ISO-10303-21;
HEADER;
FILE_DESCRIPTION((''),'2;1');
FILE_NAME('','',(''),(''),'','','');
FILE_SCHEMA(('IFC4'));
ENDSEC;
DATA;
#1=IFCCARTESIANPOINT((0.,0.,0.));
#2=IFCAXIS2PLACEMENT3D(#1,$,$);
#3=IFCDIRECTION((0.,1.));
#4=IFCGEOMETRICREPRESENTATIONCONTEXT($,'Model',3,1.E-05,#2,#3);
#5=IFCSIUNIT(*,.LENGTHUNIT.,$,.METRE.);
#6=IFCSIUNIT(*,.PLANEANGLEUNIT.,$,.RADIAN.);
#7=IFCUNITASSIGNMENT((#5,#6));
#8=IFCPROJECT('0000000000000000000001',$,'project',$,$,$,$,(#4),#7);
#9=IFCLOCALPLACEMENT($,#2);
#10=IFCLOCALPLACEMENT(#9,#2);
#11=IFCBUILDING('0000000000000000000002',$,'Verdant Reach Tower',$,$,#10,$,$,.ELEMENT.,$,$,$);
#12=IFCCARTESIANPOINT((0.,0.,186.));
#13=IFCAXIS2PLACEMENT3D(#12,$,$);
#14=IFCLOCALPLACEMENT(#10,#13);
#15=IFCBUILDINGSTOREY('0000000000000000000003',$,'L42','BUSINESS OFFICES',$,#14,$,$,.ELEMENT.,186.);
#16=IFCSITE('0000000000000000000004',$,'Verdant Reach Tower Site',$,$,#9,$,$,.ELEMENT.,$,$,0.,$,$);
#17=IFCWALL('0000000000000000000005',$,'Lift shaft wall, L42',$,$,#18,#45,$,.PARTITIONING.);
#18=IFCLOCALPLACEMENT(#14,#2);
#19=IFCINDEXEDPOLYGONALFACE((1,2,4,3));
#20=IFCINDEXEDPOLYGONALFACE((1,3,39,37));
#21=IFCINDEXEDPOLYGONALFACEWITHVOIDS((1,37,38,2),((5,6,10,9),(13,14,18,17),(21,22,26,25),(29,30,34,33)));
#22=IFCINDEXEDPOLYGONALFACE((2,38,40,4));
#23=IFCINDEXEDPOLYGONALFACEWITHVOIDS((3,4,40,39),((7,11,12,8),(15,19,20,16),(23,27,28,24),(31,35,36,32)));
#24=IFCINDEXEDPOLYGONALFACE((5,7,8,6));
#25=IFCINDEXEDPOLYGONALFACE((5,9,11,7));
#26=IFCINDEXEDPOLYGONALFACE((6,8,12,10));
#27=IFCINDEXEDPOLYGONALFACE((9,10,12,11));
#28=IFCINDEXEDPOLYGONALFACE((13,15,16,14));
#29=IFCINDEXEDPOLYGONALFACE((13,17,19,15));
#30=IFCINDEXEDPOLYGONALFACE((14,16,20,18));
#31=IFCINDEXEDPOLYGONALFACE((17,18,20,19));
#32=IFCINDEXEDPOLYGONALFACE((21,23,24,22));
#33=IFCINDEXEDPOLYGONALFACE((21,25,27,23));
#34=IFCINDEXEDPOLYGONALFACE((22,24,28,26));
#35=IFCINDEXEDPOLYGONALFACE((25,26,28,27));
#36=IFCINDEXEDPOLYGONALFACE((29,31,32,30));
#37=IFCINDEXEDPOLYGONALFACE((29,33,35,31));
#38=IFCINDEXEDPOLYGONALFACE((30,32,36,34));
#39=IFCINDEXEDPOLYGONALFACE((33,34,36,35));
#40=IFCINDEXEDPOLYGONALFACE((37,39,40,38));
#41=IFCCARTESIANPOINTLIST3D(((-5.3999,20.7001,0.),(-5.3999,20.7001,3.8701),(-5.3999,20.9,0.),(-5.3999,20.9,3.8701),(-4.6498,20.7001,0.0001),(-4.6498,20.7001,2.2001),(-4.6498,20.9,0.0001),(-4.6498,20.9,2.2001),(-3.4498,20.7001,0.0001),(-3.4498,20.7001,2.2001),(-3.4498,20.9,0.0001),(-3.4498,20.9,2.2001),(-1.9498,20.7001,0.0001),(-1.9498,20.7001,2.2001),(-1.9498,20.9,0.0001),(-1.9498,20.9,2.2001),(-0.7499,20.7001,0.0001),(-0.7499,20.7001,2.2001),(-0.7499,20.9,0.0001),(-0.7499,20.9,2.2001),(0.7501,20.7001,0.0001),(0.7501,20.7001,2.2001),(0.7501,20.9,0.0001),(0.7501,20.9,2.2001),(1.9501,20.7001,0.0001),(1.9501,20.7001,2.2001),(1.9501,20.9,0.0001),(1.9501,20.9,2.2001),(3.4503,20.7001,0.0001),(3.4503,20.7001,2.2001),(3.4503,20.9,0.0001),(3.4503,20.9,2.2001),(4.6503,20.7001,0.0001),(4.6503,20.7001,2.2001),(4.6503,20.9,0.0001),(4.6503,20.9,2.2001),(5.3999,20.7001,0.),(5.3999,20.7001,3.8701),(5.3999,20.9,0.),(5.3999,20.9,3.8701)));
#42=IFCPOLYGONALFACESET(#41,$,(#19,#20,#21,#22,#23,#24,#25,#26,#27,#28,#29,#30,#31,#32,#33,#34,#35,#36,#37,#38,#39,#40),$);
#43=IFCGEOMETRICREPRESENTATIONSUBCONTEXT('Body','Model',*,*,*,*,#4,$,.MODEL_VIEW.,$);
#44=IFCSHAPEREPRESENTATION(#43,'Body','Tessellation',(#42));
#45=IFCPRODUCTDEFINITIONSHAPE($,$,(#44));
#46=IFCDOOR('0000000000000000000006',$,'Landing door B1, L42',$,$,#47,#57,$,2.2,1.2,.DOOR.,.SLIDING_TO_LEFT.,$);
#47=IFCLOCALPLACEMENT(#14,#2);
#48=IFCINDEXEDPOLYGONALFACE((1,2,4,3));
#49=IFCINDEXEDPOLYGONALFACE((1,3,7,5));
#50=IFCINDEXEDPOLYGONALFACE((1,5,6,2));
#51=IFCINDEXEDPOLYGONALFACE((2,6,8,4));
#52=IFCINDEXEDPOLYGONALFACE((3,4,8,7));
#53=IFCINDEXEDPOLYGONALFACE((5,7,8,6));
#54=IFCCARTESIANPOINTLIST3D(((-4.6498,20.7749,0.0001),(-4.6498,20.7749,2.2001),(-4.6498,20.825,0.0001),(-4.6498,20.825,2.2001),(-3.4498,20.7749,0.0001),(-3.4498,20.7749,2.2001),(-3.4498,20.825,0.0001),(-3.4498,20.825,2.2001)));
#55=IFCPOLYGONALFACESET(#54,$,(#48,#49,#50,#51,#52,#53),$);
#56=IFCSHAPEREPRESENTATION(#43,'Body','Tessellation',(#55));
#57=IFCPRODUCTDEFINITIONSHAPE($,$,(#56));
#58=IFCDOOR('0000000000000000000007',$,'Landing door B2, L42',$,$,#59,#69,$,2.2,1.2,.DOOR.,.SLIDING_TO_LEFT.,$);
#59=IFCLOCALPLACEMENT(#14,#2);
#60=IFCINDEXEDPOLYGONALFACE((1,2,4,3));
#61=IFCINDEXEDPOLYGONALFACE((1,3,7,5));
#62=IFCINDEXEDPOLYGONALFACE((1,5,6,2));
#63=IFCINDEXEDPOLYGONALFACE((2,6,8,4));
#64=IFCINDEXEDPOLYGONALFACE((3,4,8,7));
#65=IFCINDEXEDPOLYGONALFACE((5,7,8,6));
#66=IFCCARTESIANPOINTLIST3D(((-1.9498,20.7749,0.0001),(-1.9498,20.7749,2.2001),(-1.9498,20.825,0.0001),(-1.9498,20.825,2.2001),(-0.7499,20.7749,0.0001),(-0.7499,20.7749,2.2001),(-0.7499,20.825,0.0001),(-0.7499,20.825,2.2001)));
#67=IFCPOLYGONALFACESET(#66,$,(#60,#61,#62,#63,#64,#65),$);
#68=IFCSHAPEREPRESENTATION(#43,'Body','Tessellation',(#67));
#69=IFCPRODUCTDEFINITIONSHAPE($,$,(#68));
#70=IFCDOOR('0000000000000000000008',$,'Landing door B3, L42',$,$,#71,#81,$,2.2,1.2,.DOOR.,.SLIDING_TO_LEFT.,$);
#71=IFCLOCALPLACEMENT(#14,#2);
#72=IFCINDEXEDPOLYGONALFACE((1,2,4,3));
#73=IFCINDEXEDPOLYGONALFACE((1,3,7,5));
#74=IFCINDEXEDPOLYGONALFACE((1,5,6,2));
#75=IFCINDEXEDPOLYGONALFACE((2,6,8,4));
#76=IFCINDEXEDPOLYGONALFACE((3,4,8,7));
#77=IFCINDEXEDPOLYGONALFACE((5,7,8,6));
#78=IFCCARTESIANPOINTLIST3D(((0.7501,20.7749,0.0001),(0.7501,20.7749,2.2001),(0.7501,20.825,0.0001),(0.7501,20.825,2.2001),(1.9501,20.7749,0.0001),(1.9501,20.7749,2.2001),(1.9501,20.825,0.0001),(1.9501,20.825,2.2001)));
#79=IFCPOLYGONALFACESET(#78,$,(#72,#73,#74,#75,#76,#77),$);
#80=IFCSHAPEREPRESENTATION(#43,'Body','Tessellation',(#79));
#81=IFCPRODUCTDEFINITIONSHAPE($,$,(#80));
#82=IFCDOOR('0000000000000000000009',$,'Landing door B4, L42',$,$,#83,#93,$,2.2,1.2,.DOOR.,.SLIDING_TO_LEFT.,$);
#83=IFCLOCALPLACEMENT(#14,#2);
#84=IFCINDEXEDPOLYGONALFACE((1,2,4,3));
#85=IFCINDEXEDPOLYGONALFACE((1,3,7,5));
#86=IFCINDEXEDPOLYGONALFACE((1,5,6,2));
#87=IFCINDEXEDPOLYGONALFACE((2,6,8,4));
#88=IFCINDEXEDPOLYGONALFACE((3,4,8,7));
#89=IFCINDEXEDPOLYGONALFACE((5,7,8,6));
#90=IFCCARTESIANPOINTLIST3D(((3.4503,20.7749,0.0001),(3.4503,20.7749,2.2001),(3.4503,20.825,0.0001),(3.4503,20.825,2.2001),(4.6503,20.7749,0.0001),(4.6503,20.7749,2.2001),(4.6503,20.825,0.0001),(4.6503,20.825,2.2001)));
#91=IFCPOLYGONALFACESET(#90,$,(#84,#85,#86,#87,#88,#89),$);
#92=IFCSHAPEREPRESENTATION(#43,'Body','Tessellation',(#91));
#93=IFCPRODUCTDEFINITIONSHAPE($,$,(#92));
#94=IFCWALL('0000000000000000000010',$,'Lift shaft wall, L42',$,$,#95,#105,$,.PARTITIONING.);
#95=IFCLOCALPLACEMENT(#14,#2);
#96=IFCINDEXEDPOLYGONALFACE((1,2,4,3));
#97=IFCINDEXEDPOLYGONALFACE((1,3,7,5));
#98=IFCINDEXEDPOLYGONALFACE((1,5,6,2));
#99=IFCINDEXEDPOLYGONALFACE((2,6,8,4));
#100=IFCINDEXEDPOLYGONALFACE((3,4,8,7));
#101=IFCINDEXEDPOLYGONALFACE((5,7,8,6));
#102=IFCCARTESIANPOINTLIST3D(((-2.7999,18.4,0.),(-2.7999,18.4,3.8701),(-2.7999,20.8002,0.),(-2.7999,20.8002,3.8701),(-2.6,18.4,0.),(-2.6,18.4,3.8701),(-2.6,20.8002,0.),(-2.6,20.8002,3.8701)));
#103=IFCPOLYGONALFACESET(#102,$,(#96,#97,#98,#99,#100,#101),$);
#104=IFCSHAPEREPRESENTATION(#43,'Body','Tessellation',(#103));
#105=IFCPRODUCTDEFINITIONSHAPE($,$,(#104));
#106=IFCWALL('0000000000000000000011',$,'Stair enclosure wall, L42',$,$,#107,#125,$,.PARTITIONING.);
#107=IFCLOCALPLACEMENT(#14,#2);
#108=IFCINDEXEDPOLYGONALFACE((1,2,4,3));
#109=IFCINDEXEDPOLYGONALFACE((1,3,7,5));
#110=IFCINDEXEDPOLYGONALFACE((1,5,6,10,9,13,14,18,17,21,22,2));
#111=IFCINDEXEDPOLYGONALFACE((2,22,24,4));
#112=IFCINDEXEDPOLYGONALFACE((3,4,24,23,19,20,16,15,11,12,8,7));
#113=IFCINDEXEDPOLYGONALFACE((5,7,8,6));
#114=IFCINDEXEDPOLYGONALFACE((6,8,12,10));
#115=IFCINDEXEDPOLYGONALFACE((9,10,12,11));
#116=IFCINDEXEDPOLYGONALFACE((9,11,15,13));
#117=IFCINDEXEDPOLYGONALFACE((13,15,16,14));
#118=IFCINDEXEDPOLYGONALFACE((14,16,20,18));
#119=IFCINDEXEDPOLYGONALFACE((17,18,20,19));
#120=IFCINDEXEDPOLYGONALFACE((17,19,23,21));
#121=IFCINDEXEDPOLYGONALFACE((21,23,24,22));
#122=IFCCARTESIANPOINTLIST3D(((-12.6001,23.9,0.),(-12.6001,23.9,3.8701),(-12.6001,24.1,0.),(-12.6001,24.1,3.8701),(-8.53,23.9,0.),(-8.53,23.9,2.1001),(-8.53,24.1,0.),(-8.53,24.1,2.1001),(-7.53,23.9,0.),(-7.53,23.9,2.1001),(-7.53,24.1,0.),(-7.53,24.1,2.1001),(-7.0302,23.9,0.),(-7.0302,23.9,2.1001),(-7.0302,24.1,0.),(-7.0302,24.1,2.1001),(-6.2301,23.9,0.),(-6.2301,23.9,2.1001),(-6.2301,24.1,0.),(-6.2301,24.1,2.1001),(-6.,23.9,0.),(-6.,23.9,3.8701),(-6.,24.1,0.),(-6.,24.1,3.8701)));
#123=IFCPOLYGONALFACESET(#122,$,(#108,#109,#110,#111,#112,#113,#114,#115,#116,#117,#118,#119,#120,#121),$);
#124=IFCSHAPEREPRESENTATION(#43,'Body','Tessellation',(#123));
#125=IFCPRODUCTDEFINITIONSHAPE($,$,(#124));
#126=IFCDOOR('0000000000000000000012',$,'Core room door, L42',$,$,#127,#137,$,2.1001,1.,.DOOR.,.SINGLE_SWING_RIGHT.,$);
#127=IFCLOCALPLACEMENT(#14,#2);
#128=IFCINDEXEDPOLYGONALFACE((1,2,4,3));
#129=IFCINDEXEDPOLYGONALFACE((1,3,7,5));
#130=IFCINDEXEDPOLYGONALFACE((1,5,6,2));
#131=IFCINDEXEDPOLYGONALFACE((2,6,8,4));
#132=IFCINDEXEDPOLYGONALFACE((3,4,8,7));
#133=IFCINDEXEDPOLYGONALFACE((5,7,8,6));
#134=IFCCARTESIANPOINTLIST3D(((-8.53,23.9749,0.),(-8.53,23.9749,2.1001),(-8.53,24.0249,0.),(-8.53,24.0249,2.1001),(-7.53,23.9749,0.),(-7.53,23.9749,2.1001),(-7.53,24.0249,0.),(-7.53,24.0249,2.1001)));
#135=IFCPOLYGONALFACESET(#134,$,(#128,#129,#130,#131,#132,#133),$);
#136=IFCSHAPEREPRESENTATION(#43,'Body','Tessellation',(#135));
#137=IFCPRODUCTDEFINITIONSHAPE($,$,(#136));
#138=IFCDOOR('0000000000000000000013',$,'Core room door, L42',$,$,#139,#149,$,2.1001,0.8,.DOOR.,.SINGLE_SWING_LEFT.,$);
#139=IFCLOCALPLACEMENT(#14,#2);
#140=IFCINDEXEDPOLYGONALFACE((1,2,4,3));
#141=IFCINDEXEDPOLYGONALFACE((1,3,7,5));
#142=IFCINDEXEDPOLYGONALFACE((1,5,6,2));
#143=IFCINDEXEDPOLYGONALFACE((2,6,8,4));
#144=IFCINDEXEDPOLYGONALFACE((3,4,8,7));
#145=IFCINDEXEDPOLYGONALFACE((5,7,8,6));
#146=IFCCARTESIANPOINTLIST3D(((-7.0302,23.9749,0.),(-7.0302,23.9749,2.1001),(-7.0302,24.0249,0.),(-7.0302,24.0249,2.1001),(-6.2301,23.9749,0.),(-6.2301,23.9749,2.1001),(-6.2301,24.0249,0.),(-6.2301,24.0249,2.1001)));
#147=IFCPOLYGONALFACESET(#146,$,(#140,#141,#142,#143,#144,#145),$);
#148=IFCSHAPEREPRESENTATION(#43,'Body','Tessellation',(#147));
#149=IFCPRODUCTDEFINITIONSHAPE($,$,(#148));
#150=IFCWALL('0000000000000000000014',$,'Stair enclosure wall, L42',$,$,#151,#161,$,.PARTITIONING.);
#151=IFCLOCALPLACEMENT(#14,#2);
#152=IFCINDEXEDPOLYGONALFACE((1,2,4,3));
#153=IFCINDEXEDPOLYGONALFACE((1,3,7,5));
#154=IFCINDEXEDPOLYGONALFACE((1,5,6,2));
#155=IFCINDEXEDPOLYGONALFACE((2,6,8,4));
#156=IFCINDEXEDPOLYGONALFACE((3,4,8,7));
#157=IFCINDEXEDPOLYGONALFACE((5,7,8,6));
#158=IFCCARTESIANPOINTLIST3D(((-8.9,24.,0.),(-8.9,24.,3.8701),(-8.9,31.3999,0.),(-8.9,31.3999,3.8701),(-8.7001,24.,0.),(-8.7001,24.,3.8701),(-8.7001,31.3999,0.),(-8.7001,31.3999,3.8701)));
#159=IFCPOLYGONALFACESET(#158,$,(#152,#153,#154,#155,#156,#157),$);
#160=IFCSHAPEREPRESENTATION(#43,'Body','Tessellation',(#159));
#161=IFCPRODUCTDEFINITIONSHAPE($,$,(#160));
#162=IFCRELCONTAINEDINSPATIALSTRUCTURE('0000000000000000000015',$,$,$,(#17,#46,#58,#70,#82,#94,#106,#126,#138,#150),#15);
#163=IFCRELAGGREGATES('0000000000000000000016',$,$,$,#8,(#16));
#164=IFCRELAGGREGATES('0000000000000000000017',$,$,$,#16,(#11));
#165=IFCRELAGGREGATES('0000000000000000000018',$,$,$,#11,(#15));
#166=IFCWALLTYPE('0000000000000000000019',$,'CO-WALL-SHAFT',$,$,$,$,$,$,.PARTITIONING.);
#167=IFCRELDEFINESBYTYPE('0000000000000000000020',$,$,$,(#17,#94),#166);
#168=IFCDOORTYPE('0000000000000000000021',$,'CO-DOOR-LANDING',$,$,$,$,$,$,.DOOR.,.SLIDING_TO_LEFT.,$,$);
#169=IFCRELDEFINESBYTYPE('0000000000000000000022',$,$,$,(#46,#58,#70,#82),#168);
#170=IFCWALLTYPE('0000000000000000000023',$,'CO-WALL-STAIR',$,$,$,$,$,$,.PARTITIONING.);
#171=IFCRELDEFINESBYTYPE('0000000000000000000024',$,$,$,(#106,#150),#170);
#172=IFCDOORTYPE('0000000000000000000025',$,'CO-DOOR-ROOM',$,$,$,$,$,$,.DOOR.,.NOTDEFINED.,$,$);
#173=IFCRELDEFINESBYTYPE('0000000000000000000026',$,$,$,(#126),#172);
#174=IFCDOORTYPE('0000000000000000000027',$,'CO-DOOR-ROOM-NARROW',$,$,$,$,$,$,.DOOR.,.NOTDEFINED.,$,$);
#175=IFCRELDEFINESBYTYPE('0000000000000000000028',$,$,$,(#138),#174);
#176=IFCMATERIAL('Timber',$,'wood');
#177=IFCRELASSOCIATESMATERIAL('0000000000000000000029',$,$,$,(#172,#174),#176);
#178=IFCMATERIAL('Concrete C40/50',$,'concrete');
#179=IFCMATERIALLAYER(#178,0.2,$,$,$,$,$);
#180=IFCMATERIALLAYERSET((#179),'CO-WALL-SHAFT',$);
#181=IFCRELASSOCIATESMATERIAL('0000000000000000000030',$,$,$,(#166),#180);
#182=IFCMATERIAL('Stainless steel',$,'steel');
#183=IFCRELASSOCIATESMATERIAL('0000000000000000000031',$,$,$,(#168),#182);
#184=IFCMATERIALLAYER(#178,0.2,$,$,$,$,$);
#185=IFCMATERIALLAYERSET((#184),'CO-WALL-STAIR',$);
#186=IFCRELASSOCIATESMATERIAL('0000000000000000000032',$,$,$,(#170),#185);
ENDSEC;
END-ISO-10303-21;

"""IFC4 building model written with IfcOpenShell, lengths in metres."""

from ifc_helpers import new_model, si_unit, direction, frame, frame_2d, origin, place, context, subcontext, project, spatial, rectangle, extrude, material, layer, layer_set, type_object, element, fill, save


model = new_model("IFC4")

# Units and contexts
model_context = context("Model", 3, precision=1e-05, world=origin(), true_north=direction((0.0, 1.0)))
body_context = subcontext(model_context, "Body", "Model", "MODEL_VIEW")
ifc_project = project(units=[si_unit("LENGTHUNIT", "METRE"), si_unit("PLANEANGLEUNIT", "RADIAN")], contexts=[model_context])

# Site, building, storey
site_placement = place(None, origin())
site = spatial("IfcSite", under=ifc_project, at=site_placement, Name="Verdant Reach Tower Site", CompositionType="ELEMENT", RefElevation=0.0)
building_placement = place(site_placement, origin())
building = spatial("IfcBuilding", under=site, at=building_placement, Name="Verdant Reach Tower", CompositionType="ELEMENT")
storey_placement = place(building_placement, frame((0.0, 0.0, 186.0)))
storey = spatial("IfcBuildingStorey", under=building, at=storey_placement, Name="L42", Description="BUSINESS OFFICES", CompositionType="ELEMENT", Elevation=186.0)

# Shared definitions
ifc_material_1 = material(Name="Timber", Category="wood")
door_type_1 = type_object("IfcDoorType", Name="CO-DOOR-ROOM", OperationType="NOTDEFINED", PredefinedType="DOOR", material=ifc_material_1)

# Wall, openings, doors
ifc_material_2 = material(Name="Concrete C40/50", Category="concrete")
ifc_layer_1 = layer(ifc_material_2, 0.2)
ifc_layer_set_1 = layer_set([ifc_layer_1], Name="CO-WALL-SHAFT")
wall_type_1 = type_object("IfcWallType", Name="CO-WALL-SHAFT", PredefinedType="PARTITIONING", material=ifc_layer_set_1)
wall_1_placement = place(storey_placement, frame((-5.3999, 20.8, 0.0), z_axis=(0.0, 0.0, 1.0), x_axis=(1.0, 0.0, 0.0)))
wall_1 = element("IfcWall", 1, at=wall_1_placement, inside=storey, type_object=wall_type_1, Name="Lift shaft wall, L42", PredefinedType="PARTITIONING", context=body_context, shape_type="SweptSolid", body=[
    extrude(rectangle(XDim=10.7998, YDim=0.2, at=frame_2d((5.3999, 0.0))), origin(), (0.0, 0.0, 1.0), 3.8701),
])
opening_1_placement = place(wall_1_placement, frame((0.75, 0.0, 0.0)))
opening_1 = element("IfcOpeningElement", 2, at=opening_1_placement, cuts=wall_1, PredefinedType="OPENING", context=body_context, shape_type="SweptSolid", body=[
    extrude(rectangle(XDim=1.2, YDim=2.2, at=frame_2d((0.6001, 1.1001))), frame((0.0, 0.1099, 0.0), z_axis=(0.0, -1.0, 0.0), x_axis=(1.0, 0.0, 0.0)), (0.0, 0.0, 1.0), 0.22),
])
opening_2_placement = place(wall_1_placement, frame((3.45, 0.0, 0.0)))
opening_2 = element("IfcOpeningElement", 3, at=opening_2_placement, cuts=wall_1, PredefinedType="OPENING", context=body_context, shape_type="SweptSolid", body=[
    extrude(rectangle(XDim=1.2, YDim=2.2, at=frame_2d((0.6001, 1.1001))), frame((0.0, 0.1099, 0.0), z_axis=(0.0, -1.0, 0.0), x_axis=(1.0, 0.0, 0.0)), (0.0, 0.0, 1.0), 0.22),
])
opening_3_placement = place(wall_1_placement, frame((6.1499, 0.0, 0.0)))
opening_3 = element("IfcOpeningElement", 4, at=opening_3_placement, cuts=wall_1, PredefinedType="OPENING", context=body_context, shape_type="SweptSolid", body=[
    extrude(rectangle(XDim=1.2, YDim=2.2, at=frame_2d((0.6001, 1.1001))), frame((0.0, 0.1099, 0.0), z_axis=(0.0, -1.0, 0.0), x_axis=(1.0, 0.0, 0.0)), (0.0, 0.0, 1.0), 0.22),
])
opening_4_placement = place(wall_1_placement, frame((8.8501, 0.0, 0.0)))
opening_4 = element("IfcOpeningElement", 5, at=opening_4_placement, cuts=wall_1, PredefinedType="OPENING", context=body_context, shape_type="SweptSolid", body=[
    extrude(rectangle(XDim=1.2, YDim=2.2, at=frame_2d((0.6001, 1.1001))), frame((0.0, 0.1099, 0.0), z_axis=(0.0, -1.0, 0.0), x_axis=(1.0, 0.0, 0.0)), (0.0, 0.0, 1.0), 0.22),
])
ifc_material_3 = material(Name="Stainless steel", Category="steel")
door_type_2 = type_object("IfcDoorType", Name="CO-DOOR-LANDING", OperationType="SLIDING_TO_LEFT", PredefinedType="DOOR", material=ifc_material_3)
door_1_placement = place(opening_1_placement, origin())
door_1 = element("IfcDoor", 6, at=door_1_placement, inside=storey, type_object=door_type_2, Name="Landing door B1, L42", OperationType="SLIDING_TO_LEFT", OverallHeight=2.2, OverallWidth=1.2, PredefinedType="DOOR", context=body_context, shape_type="SweptSolid", body=[
    extrude(rectangle(XDim=1.2, YDim=2.2, at=frame_2d((0.6001, 1.1001))), frame((0.0, 0.0249, 0.0), z_axis=(0.0, -1.0, 0.0), x_axis=(1.0, 0.0, 0.0)), (0.0, 0.0, 1.0), 0.05),
])
fill(opening_1, door_1)
door_2_placement = place(opening_2_placement, origin())
door_2 = element("IfcDoor", 7, at=door_2_placement, inside=storey, type_object=door_type_2, Name="Landing door B2, L42", OperationType="SLIDING_TO_LEFT", OverallHeight=2.2, OverallWidth=1.2, PredefinedType="DOOR", context=body_context, shape_type="SweptSolid", body=[
    extrude(rectangle(XDim=1.2, YDim=2.2, at=frame_2d((0.6001, 1.1001))), frame((0.0, 0.0249, 0.0), z_axis=(0.0, -1.0, 0.0), x_axis=(1.0, 0.0, 0.0)), (0.0, 0.0, 1.0), 0.05),
])
fill(opening_2, door_2)
door_3_placement = place(opening_3_placement, origin())
door_3 = element("IfcDoor", 8, at=door_3_placement, inside=storey, type_object=door_type_2, Name="Landing door B3, L42", OperationType="SLIDING_TO_LEFT", OverallHeight=2.2, OverallWidth=1.2, PredefinedType="DOOR", context=body_context, shape_type="SweptSolid", body=[
    extrude(rectangle(XDim=1.2, YDim=2.2, at=frame_2d((0.6001, 1.1001))), frame((0.0, 0.0249, 0.0), z_axis=(0.0, -1.0, 0.0), x_axis=(1.0, 0.0, 0.0)), (0.0, 0.0, 1.0), 0.05),
])
fill(opening_3, door_3)
door_4_placement = place(opening_4_placement, origin())
door_4 = element("IfcDoor", 9, at=door_4_placement, inside=storey, type_object=door_type_2, Name="Landing door B4, L42", OperationType="SLIDING_TO_LEFT", OverallHeight=2.2, OverallWidth=1.2, PredefinedType="DOOR", context=body_context, shape_type="SweptSolid", body=[
    extrude(rectangle(XDim=1.2, YDim=2.2, at=frame_2d((0.6001, 1.1001))), frame((0.0, 0.0249, 0.0), z_axis=(0.0, -1.0, 0.0), x_axis=(1.0, 0.0, 0.0)), (0.0, 0.0, 1.0), 0.05),
])
fill(opening_4, door_4)

# Wall
wall_2_placement = place(storey_placement, frame((-2.7, 18.3999, 0.0), z_axis=(0.0, 0.0, 1.0), x_axis=(0.0, 1.0, 0.0)))
element("IfcWall", 10, at=wall_2_placement, inside=storey, type_object=wall_type_1, Name="Lift shaft wall, L42", PredefinedType="PARTITIONING", context=body_context, shape_type="SweptSolid", body=[
    extrude(rectangle(XDim=2.4001, YDim=0.2, at=frame_2d((1.2002, 0.0))), origin(), (0.0, 0.0, 1.0), 3.8701),
])

# Wall, openings, doors
ifc_layer_2 = layer(ifc_material_2, 0.2)
ifc_layer_set_2 = layer_set([ifc_layer_2], Name="CO-WALL-STAIR")
wall_type_2 = type_object("IfcWallType", Name="CO-WALL-STAIR", PredefinedType="PARTITIONING", material=ifc_layer_set_2)
wall_3_placement = place(storey_placement, frame((-12.6001, 24.0, 0.0), z_axis=(0.0, 0.0, 1.0), x_axis=(1.0, 0.0, 0.0)))
wall_3 = element("IfcWall", 11, at=wall_3_placement, inside=storey, type_object=wall_type_2, Name="Stair enclosure wall, L42", PredefinedType="PARTITIONING", context=body_context, shape_type="SweptSolid", body=[
    extrude(rectangle(XDim=6.6001, YDim=0.2, at=frame_2d((3.3, 0.0))), origin(), (0.0, 0.0, 1.0), 3.8701),
])
opening_5_placement = place(wall_3_placement, frame((4.0701, 0.0, 0.0)))
opening_5 = element("IfcOpeningElement", 12, at=opening_5_placement, cuts=wall_3, PredefinedType="OPENING", context=body_context, shape_type="SweptSolid", body=[
    extrude(rectangle(XDim=1.0, YDim=2.1001, at=frame_2d((0.5, 1.05))), frame((0.0, 0.1099, 0.0), z_axis=(0.0, -1.0, 0.0), x_axis=(1.0, 0.0, 0.0)), (0.0, 0.0, 1.0), 0.22),
])
opening_6_placement = place(wall_3_placement, frame((5.5701, 0.0, 0.0)))
opening_6 = element("IfcOpeningElement", 13, at=opening_6_placement, cuts=wall_3, PredefinedType="OPENING", context=body_context, shape_type="SweptSolid", body=[
    extrude(rectangle(XDim=0.8, YDim=2.1001, at=frame_2d((0.3999, 1.05))), frame((0.0, 0.1099, 0.0), z_axis=(0.0, -1.0, 0.0), x_axis=(1.0, 0.0, 0.0)), (0.0, 0.0, 1.0), 0.22),
])
door_5_placement = place(opening_5_placement, origin())
door_5 = element("IfcDoor", 14, at=door_5_placement, inside=storey, type_object=door_type_1, Name="Core room door, L42", OperationType="SINGLE_SWING_RIGHT", OverallHeight=2.1001, OverallWidth=1.0, PredefinedType="DOOR", context=body_context, shape_type="SweptSolid", body=[
    extrude(rectangle(XDim=1.0, YDim=2.1001, at=frame_2d((0.5, 1.05))), frame((0.0, 0.0249, 0.0), z_axis=(0.0, -1.0, 0.0), x_axis=(1.0, 0.0, 0.0)), (0.0, 0.0, 1.0), 0.05),
])
fill(opening_5, door_5)
door_type_3 = type_object("IfcDoorType", Name="CO-DOOR-ROOM-NARROW", OperationType="NOTDEFINED", PredefinedType="DOOR", material=ifc_material_1)
door_6_placement = place(opening_6_placement, origin())
door_6 = element("IfcDoor", 15, at=door_6_placement, inside=storey, type_object=door_type_3, Name="Core room door, L42", OperationType="SINGLE_SWING_LEFT", OverallHeight=2.1001, OverallWidth=0.8, PredefinedType="DOOR", context=body_context, shape_type="SweptSolid", body=[
    extrude(rectangle(XDim=0.8, YDim=2.1001, at=frame_2d((0.3999, 1.05))), frame((0.0, 0.0249, 0.0), z_axis=(0.0, -1.0, 0.0), x_axis=(1.0, 0.0, 0.0)), (0.0, 0.0, 1.0), 0.05),
])
fill(opening_6, door_6)

# Wall
wall_4_placement = place(storey_placement, frame((-8.8, 24.0, 0.0), z_axis=(0.0, 0.0, 1.0), x_axis=(0.0, 1.0, 0.0)))
element("IfcWall", 16, at=wall_4_placement, inside=storey, type_object=wall_type_2, Name="Stair enclosure wall, L42", PredefinedType="PARTITIONING", context=body_context, shape_type="SweptSolid", body=[
    extrude(rectangle(XDim=7.3999, YDim=0.2, at=frame_2d((3.7, 0.0))), origin(), (0.0, 0.0, 1.0), 3.8701),
])

save(model, "model.ifc")
